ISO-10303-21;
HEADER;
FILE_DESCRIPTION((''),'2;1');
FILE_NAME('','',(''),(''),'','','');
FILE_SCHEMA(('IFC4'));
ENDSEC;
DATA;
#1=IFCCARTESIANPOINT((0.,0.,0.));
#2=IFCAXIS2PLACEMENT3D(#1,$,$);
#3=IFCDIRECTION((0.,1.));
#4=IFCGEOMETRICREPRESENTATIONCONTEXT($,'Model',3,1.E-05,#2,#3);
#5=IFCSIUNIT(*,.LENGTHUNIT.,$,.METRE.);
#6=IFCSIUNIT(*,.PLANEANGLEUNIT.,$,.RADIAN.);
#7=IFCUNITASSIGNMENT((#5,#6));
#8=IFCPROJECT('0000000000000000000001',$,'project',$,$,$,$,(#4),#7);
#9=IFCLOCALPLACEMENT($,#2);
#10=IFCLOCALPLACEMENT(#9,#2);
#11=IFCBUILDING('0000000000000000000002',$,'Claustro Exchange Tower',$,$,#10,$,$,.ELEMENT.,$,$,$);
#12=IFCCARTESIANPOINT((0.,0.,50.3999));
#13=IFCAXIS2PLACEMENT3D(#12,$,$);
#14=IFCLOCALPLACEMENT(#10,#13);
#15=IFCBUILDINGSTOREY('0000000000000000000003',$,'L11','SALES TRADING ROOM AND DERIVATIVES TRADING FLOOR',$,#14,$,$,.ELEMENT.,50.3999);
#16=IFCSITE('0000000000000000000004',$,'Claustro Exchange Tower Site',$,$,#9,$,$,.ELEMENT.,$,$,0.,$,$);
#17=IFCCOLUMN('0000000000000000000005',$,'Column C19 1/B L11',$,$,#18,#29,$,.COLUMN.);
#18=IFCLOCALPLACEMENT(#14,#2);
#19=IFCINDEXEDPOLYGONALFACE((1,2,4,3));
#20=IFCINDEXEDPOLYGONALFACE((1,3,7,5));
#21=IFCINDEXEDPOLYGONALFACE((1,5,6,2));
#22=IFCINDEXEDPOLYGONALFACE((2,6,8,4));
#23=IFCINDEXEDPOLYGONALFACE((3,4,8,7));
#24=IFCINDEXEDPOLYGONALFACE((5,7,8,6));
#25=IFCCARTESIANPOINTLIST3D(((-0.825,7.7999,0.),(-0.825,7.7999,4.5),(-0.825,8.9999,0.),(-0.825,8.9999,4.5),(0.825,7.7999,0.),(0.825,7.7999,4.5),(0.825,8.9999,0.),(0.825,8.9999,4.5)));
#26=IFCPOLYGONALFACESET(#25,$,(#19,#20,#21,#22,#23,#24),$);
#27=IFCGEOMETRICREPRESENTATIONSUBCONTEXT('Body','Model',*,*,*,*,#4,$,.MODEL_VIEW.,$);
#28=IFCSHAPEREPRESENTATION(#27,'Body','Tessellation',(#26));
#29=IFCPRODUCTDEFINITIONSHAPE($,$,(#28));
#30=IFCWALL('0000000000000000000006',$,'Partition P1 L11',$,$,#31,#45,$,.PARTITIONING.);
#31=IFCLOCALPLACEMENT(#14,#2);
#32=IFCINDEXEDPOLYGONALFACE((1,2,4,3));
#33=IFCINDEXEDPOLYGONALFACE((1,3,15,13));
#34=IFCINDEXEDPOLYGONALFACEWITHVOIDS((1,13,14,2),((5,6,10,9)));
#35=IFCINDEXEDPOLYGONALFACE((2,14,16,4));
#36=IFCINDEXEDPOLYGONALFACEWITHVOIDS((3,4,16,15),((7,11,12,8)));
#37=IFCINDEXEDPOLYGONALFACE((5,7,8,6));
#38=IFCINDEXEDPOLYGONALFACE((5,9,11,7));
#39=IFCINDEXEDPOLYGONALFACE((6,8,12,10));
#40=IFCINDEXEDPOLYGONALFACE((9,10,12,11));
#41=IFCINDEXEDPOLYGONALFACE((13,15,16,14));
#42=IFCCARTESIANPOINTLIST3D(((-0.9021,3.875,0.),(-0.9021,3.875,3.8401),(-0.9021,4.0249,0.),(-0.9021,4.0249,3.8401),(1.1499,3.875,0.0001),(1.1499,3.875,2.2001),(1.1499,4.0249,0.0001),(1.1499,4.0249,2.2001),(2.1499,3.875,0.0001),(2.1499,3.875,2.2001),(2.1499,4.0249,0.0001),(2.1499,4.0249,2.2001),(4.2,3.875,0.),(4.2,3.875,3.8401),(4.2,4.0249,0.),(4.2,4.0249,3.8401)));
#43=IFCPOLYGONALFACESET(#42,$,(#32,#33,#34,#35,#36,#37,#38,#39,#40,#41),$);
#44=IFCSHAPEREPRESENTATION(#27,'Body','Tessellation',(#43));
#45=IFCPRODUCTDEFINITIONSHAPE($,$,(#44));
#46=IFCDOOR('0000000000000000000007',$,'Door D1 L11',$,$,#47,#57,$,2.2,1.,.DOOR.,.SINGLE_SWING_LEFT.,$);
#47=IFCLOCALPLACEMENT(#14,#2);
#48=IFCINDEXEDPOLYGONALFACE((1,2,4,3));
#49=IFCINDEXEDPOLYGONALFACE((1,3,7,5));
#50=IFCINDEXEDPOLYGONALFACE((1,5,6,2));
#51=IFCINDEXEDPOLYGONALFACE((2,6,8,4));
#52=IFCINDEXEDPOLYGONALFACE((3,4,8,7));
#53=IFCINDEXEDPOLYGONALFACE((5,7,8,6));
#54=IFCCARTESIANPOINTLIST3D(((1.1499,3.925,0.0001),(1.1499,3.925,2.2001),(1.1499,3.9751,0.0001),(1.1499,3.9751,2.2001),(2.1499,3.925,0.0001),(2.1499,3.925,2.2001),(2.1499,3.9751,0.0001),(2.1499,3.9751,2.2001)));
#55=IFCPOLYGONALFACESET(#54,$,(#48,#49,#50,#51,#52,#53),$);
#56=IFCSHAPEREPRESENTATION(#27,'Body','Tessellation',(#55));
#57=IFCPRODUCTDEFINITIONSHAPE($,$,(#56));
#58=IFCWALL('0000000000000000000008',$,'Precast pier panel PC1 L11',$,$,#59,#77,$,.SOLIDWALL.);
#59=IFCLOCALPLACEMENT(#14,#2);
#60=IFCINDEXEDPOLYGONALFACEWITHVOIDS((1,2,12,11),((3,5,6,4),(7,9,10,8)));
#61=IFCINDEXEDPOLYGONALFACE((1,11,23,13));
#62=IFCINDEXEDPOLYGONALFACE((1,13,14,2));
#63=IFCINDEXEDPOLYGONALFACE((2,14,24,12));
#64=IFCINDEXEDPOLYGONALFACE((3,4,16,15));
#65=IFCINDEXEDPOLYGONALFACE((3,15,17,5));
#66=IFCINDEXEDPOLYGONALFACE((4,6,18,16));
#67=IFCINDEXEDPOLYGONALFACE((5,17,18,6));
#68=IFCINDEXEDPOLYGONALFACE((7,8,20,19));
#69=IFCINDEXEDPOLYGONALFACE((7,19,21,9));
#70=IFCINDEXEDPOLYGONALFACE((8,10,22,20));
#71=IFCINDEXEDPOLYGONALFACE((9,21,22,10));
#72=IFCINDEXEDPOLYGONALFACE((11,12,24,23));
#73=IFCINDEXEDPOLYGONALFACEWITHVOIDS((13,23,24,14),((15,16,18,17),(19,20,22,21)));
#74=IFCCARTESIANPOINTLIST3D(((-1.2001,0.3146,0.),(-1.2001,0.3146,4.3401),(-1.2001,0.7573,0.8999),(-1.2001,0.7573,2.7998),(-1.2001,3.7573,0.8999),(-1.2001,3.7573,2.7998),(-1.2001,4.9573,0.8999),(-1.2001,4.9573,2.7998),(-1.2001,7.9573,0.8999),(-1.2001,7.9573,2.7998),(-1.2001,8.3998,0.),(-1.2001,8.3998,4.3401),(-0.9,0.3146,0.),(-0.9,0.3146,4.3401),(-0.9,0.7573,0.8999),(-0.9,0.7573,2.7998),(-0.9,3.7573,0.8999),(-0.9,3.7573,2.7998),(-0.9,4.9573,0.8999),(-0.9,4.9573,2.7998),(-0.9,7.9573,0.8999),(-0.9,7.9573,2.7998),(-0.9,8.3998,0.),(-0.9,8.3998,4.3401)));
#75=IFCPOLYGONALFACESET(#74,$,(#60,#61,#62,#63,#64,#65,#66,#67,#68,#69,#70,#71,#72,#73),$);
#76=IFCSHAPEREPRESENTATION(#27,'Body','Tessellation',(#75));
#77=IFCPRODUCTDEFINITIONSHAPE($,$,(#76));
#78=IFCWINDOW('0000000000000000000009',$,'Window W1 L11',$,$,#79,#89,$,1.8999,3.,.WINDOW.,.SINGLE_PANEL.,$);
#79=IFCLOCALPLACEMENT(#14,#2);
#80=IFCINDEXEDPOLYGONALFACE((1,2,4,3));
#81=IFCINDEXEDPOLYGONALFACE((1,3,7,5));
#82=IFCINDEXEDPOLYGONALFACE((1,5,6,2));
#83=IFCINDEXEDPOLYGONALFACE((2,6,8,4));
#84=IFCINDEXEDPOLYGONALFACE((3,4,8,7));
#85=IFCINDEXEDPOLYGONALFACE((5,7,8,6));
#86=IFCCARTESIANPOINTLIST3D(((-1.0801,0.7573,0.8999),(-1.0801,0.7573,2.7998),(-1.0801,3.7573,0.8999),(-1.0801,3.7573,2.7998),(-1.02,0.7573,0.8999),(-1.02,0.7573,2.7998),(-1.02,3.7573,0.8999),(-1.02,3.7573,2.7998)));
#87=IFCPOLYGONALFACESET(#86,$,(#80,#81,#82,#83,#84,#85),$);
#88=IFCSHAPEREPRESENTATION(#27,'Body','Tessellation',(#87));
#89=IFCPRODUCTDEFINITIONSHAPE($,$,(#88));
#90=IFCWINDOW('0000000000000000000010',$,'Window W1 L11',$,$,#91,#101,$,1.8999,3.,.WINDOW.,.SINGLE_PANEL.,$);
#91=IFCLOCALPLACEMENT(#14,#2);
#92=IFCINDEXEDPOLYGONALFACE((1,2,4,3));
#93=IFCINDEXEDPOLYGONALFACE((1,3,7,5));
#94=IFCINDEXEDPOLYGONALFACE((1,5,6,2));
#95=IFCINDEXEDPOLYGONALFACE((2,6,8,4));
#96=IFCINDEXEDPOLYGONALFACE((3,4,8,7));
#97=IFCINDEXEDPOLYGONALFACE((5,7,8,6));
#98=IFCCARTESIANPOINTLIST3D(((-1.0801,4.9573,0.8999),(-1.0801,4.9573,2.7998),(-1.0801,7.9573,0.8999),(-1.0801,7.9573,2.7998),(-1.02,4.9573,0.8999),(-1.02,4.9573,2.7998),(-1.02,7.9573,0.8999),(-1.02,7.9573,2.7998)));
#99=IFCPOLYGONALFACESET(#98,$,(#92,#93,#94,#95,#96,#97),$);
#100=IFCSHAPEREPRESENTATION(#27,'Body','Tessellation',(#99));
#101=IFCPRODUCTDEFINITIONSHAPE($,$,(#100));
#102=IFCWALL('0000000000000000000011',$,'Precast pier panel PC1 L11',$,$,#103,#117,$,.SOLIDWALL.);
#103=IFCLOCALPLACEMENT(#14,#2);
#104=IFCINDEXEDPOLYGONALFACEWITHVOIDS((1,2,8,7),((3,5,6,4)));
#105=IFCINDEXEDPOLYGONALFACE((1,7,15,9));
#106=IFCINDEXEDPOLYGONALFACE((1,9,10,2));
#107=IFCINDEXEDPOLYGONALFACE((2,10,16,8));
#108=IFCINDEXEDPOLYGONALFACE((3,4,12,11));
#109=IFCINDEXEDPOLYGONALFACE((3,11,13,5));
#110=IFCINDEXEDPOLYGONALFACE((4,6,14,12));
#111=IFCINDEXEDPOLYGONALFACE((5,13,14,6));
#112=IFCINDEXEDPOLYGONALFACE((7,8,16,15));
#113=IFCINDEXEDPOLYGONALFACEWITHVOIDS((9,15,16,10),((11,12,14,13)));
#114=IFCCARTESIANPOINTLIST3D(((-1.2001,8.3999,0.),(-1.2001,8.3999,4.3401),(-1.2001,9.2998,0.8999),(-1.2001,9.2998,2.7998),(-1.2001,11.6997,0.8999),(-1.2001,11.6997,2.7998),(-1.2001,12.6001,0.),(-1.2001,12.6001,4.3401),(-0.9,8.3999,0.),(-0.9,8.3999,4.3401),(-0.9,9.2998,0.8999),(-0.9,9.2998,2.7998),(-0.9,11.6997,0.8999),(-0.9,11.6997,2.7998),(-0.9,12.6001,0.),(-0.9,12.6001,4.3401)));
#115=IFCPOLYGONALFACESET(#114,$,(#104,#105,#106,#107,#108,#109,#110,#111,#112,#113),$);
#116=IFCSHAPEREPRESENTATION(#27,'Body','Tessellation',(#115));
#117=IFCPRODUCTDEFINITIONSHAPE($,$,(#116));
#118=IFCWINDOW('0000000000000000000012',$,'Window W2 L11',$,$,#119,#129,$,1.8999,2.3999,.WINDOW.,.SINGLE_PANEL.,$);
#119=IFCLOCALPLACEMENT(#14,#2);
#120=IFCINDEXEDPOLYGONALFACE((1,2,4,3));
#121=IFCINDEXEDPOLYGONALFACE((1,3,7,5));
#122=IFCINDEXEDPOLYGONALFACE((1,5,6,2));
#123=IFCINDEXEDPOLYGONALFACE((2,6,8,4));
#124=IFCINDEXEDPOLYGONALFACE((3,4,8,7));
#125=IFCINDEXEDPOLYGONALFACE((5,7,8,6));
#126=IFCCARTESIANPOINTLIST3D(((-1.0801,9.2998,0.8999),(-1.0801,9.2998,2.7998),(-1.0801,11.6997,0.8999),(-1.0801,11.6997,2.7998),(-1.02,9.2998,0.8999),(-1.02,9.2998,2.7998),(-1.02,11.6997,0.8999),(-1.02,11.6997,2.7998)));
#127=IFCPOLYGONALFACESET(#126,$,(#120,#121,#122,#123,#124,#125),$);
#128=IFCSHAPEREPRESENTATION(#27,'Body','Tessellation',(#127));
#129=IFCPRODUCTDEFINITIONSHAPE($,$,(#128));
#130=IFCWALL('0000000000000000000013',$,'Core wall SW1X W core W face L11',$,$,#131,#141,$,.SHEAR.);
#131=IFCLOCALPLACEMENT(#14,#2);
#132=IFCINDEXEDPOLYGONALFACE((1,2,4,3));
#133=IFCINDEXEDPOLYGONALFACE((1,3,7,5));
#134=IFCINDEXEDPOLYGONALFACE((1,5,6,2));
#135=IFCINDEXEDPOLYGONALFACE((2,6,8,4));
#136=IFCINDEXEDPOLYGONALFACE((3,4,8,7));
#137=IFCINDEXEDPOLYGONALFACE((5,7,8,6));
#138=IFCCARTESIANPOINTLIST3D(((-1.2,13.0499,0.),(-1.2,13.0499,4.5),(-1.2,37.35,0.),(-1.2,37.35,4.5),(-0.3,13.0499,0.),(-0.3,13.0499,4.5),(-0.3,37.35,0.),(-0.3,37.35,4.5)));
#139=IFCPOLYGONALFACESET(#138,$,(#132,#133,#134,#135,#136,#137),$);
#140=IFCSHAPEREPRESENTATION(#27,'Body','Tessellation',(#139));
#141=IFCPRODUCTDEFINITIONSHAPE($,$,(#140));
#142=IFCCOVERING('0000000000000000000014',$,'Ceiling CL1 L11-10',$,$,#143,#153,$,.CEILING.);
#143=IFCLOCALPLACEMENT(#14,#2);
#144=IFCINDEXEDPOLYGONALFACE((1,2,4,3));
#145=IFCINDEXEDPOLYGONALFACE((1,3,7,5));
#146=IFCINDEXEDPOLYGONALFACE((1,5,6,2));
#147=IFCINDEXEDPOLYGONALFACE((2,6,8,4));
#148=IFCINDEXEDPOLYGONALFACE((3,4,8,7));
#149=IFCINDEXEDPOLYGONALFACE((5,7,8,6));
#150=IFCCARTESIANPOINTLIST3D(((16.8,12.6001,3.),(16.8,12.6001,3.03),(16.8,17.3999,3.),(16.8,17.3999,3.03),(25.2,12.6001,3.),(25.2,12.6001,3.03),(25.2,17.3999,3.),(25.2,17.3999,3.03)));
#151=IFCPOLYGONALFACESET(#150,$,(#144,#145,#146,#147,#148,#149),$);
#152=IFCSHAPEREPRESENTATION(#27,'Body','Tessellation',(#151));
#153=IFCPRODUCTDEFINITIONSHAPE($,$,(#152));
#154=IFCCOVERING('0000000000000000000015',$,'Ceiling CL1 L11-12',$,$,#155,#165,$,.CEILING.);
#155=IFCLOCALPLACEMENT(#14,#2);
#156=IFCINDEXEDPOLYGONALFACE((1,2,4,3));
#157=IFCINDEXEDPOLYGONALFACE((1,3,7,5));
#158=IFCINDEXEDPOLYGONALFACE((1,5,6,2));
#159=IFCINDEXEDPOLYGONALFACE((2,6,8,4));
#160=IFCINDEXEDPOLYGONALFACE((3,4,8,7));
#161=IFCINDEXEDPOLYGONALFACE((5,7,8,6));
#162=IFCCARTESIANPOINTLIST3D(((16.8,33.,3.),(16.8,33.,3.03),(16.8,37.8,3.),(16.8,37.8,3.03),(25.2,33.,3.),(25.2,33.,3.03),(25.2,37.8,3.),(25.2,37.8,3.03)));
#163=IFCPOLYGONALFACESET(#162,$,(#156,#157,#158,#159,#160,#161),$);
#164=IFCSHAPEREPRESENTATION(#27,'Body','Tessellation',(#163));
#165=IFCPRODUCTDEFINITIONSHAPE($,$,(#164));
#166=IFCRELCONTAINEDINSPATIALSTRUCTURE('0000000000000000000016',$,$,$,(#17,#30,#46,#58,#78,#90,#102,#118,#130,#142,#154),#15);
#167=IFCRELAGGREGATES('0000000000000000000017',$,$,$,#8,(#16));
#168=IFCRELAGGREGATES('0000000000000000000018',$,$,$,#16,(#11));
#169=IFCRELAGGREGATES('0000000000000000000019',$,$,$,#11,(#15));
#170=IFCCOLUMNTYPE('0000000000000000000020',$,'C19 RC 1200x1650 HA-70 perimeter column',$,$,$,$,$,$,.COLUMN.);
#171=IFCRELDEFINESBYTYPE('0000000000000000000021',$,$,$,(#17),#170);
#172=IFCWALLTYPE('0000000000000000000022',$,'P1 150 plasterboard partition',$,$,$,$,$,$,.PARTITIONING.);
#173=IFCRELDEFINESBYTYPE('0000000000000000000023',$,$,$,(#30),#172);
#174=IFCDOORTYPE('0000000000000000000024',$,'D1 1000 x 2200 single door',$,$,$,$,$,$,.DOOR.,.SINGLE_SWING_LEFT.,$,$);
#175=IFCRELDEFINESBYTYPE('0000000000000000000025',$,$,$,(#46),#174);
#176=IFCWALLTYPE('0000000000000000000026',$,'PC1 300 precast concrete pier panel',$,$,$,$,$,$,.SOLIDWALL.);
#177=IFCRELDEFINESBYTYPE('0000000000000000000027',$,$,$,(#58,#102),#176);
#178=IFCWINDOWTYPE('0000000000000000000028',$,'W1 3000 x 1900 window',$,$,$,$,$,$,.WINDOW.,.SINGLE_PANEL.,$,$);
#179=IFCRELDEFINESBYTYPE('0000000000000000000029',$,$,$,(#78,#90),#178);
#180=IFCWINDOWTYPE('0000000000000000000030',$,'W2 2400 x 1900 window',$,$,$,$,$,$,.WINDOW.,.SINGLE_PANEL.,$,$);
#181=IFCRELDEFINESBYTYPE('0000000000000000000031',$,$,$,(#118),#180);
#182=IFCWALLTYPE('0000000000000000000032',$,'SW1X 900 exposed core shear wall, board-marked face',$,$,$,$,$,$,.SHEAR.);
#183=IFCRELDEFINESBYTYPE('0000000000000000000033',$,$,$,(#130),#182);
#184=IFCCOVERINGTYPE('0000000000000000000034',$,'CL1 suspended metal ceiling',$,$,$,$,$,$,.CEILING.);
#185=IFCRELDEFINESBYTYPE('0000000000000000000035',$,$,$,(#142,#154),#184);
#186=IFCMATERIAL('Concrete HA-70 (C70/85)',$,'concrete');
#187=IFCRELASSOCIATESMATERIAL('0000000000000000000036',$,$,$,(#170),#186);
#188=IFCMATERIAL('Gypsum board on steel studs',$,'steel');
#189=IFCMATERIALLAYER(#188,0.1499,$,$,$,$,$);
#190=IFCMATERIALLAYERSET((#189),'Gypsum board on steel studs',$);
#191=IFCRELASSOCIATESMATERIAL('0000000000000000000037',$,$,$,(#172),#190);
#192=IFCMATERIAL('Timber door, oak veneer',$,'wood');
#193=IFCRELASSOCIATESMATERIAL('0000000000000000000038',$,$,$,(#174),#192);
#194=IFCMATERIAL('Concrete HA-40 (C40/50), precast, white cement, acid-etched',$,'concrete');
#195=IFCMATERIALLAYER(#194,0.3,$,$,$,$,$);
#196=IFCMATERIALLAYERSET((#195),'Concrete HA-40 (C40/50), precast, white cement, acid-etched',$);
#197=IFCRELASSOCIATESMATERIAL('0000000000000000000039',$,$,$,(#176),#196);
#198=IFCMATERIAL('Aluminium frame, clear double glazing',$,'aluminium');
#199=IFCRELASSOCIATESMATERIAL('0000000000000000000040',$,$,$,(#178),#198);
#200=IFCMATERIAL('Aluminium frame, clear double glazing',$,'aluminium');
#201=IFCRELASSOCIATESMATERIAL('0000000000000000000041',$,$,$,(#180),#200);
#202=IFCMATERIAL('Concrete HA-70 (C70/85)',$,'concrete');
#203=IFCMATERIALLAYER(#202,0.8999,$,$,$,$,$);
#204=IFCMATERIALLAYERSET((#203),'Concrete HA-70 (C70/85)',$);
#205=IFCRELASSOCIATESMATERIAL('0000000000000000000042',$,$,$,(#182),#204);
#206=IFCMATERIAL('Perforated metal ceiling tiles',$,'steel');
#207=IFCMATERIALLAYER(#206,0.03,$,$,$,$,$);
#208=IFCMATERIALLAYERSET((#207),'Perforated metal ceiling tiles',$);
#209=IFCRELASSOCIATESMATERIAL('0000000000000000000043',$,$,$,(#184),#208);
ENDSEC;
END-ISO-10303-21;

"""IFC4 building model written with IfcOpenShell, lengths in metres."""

from ifc_helpers import new_model, si_unit, direction, frame, frame_2d, origin, origin_2d, place, context, subcontext, project, spatial, polyline, rectangle, outline, extrude, material, layer, layer_set, material_profile, profile_set, type_object, element, fill, save


model = new_model("IFC4")

# Units and contexts
model_context = context("Model", 3, precision=1e-05, world=origin(), true_north=direction((0.0, 1.0)))
body_context = subcontext(model_context, "Body", "Model", "MODEL_VIEW")
ifc_project = project(units=[si_unit("LENGTHUNIT", "METRE"), si_unit("PLANEANGLEUNIT", "RADIAN")], contexts=[model_context])

# Site, building, storey
site_placement = place(None, origin())
site = spatial("IfcSite", under=ifc_project, at=site_placement, Name="Claustro Exchange Tower Site", CompositionType="ELEMENT", RefElevation=0.0)
building_placement = place(site_placement, origin())
building = spatial("IfcBuilding", under=site, at=building_placement, Name="Claustro Exchange Tower", CompositionType="ELEMENT")
storey_placement = place(building_placement, frame((0.0, 0.0, 50.3999)))
storey = spatial("IfcBuildingStorey", under=building, at=storey_placement, Name="L11", Description="SALES TRADING ROOM AND DERIVATIVES TRADING FLOOR", CompositionType="ELEMENT", Elevation=50.3999)

# Column
ifc_material_1 = material(Name="Concrete HA-70 (C70/85)", Category="concrete")
ifc_material_profile = material_profile(ifc_material_1, rectangle(XDim=1.2, YDim=1.6499, at=origin_2d()), Name="RC 1200x1650")
ifc_profile_set = profile_set([ifc_material_profile], Name="Concrete HA-70 (C70/85)")
column_type = type_object("IfcColumnType", Name="C19 RC 1200x1650 HA-70 perimeter column", PredefinedType="COLUMN", material=ifc_profile_set)
column_placement = place(storey_placement, frame((0.0, 8.3999, 0.0), z_axis=(0.0, 0.0, 1.0), x_axis=(0.0, 1.0, 0.0)))
element("IfcColumn", 1, at=column_placement, inside=storey, type_object=column_type, Name="Column C19 1/B L11", PredefinedType="COLUMN", context=body_context, shape_type="SweptSolid", body=[
    extrude(rectangle(XDim=1.2, YDim=1.6499, at=origin_2d()), origin(), (0.0, 0.0, 1.0), 4.5),
])

# Wall, opening, door
ifc_material_2 = material(Name="Gypsum board on steel studs", Category="steel")
ifc_layer_1 = layer(ifc_material_2, 0.1499)
ifc_layer_set_1 = layer_set([ifc_layer_1], Name="Gypsum board on steel studs")
wall_type_1 = type_object("IfcWallType", Name="P1 150 plasterboard partition", PredefinedType="PARTITIONING", material=ifc_layer_set_1)
wall_1_placement = place(storey_placement, frame((-0.9021, 3.95, 0.0), z_axis=(0.0, 0.0, 1.0), x_axis=(1.0, 0.0, 0.0)))
wall_1 = element("IfcWall", 2, at=wall_1_placement, inside=storey, type_object=wall_type_1, Name="Partition P1 L11", PredefinedType="PARTITIONING", context=body_context, shape_type="SweptSolid", body=[
    extrude(rectangle(XDim=5.1021, YDim=0.1499, at=frame_2d((2.551, 0.0))), origin(), (0.0, 0.0, 1.0), 3.8401),
])
opening_1_placement = place(wall_1_placement, frame((2.052, 0.0, 0.0)))
opening_1 = element("IfcOpeningElement", 3, at=opening_1_placement, cuts=wall_1, PredefinedType="OPENING", context=body_context, shape_type="SweptSolid", body=[
    extrude(rectangle(XDim=1.0, YDim=2.2, at=frame_2d((0.5, 1.1001))), frame((0.0, 0.085, 0.0), z_axis=(0.0, -1.0, 0.0), x_axis=(1.0, 0.0, 0.0)), (0.0, 0.0, 1.0), 0.1699),
])
ifc_material_3 = material(Name="Timber door, oak veneer", Category="wood")
door_type_1 = type_object("IfcDoorType", Name="D1 1000 x 2200 single door", OperationType="SINGLE_SWING_LEFT", PredefinedType="DOOR", material=ifc_material_3)
door_1_placement = place(opening_1_placement, frame((1.0, 0.0, 0.0), z_axis=(0.0, 0.0, 1.0), x_axis=(-1.0, 0.0, 0.0)))
door_1 = element("IfcDoor", 4, at=door_1_placement, inside=storey, type_object=door_type_1, Name="Door D1 L11", OperationType="SINGLE_SWING_LEFT", OverallHeight=2.2, OverallWidth=1.0, PredefinedType="DOOR", context=body_context, shape_type="SweptSolid", body=[
    extrude(rectangle(XDim=1.0, YDim=2.2, at=frame_2d((0.5, 1.1001))), frame((0.0, 0.0249, 0.0), z_axis=(0.0, -1.0, 0.0), x_axis=(1.0, 0.0, 0.0)), (0.0, 0.0, 1.0), 0.05),
])
fill(opening_1, door_1)

# Wall, openings, windows
ifc_material_4 = material(Name="Concrete HA-40 (C40/50), precast, white cement, acid-etched", Category="concrete")
ifc_layer_2 = layer(ifc_material_4, 0.3)
ifc_layer_set_2 = layer_set([ifc_layer_2], Name="Concrete HA-40 (C40/50), precast, white cement, acid-etched")
wall_type_2 = type_object("IfcWallType", Name="PC1 300 precast concrete pier panel", PredefinedType="SOLIDWALL", material=ifc_layer_set_2)
wall_2_placement = place(storey_placement, frame((-1.05, 0.3147, 0.0), z_axis=(0.0, 0.0, 1.0), x_axis=(0.0, 1.0, 0.0)))
wall_2 = element("IfcWall", 5, at=wall_2_placement, inside=storey, type_object=wall_type_2, Name="Precast pier panel PC1 L11", PredefinedType="SOLIDWALL", context=body_context, shape_type="SweptSolid", body=[
    extrude(rectangle(XDim=8.0852, YDim=0.3, at=frame_2d((4.0425, 0.0))), origin(), (0.0, 0.0, 1.0), 4.3401),
])
opening_2_placement = place(wall_2_placement, frame((0.4426, 0.0, 0.8999)))
opening_2 = element("IfcOpeningElement", 6, at=opening_2_placement, cuts=wall_2, PredefinedType="OPENING", context=body_context, shape_type="SweptSolid", body=[
    extrude(rectangle(XDim=3.0, YDim=1.8999, at=frame_2d((1.5, 0.95))), frame((0.0, 0.1599, 0.0), z_axis=(0.0, -1.0, 0.0), x_axis=(1.0, 0.0, 0.0)), (0.0, 0.0, 1.0), 0.3201),
])
opening_3_placement = place(wall_2_placement, frame((4.6426, 0.0, 0.8999)))
opening_3 = element("IfcOpeningElement", 7, at=opening_3_placement, cuts=wall_2, PredefinedType="OPENING", context=body_context, shape_type="SweptSolid", body=[
    extrude(rectangle(XDim=3.0, YDim=1.8999, at=frame_2d((1.5, 0.95))), frame((0.0, 0.1599, 0.0), z_axis=(0.0, -1.0, 0.0), x_axis=(1.0, 0.0, 0.0)), (0.0, 0.0, 1.0), 0.3201),
])
ifc_material_5 = material(Name="Aluminium frame, clear double glazing", Category="aluminium")
window_type_1 = type_object("IfcWindowType", Name="W1 3000 x 1900 window", PartitioningType="SINGLE_PANEL", PredefinedType="WINDOW", material=ifc_material_5)
window_1_placement = place(opening_2_placement, origin())
window_1 = element("IfcWindow", 8, at=window_1_placement, inside=storey, type_object=window_type_1, Name="Window W1 L11", OverallHeight=1.8999, OverallWidth=3.0, PartitioningType="SINGLE_PANEL", PredefinedType="WINDOW", context=body_context, shape_type="SweptSolid", body=[
    extrude(rectangle(XDim=3.0, YDim=1.8999, at=frame_2d((1.5, 0.95))), frame((0.0, 0.03, 0.0), z_axis=(0.0, -1.0, 0.0), x_axis=(1.0, 0.0, 0.0)), (0.0, 0.0, 1.0), 0.0601),
])
fill(opening_2, window_1)
window_2_placement = place(opening_3_placement, origin())
window_2 = element("IfcWindow", 9, at=window_2_placement, inside=storey, type_object=window_type_1, Name="Window W1 L11", OverallHeight=1.8999, OverallWidth=3.0, PartitioningType="SINGLE_PANEL", PredefinedType="WINDOW", context=body_context, shape_type="SweptSolid", body=[
    extrude(rectangle(XDim=3.0, YDim=1.8999, at=frame_2d((1.5, 0.95))), frame((0.0, 0.03, 0.0), z_axis=(0.0, -1.0, 0.0), x_axis=(1.0, 0.0, 0.0)), (0.0, 0.0, 1.0), 0.0601),
])
fill(opening_3, window_2)

# Wall, opening, window
wall_3_placement = place(storey_placement, frame((-1.05, 8.3999, 0.0), z_axis=(0.0, 0.0, 1.0), x_axis=(0.0, 1.0, 0.0)))
wall_3 = element("IfcWall", 10, at=wall_3_placement, inside=storey, type_object=wall_type_2, Name="Precast pier panel PC1 L11", PredefinedType="SOLIDWALL", context=body_context, shape_type="SweptSolid", body=[
    extrude(rectangle(XDim=4.2002, YDim=0.3, at=frame_2d((2.1001, 0.0))), origin(), (0.0, 0.0, 1.0), 4.3401),
])
opening_4_placement = place(wall_3_placement, frame((0.8999, 0.0, 0.8999)))
opening_4 = element("IfcOpeningElement", 11, at=opening_4_placement, cuts=wall_3, PredefinedType="OPENING", context=body_context, shape_type="SweptSolid", body=[
    extrude(rectangle(XDim=2.3999, YDim=1.8999, at=frame_2d((1.2, 0.95))), frame((0.0, 0.1599, 0.0), z_axis=(0.0, -1.0, 0.0), x_axis=(1.0, 0.0, 0.0)), (0.0, 0.0, 1.0), 0.3201),
])
ifc_material_6 = material(Name="Aluminium frame, clear double glazing", Category="aluminium")
window_type_2 = type_object("IfcWindowType", Name="W2 2400 x 1900 window", PartitioningType="SINGLE_PANEL", PredefinedType="WINDOW", material=ifc_material_6)
window_3_placement = place(opening_4_placement, origin())
window_3 = element("IfcWindow", 12, at=window_3_placement, inside=storey, type_object=window_type_2, Name="Window W2 L11", OverallHeight=1.8999, OverallWidth=2.3999, PartitioningType="SINGLE_PANEL", PredefinedType="WINDOW", context=body_context, shape_type="SweptSolid", body=[
    extrude(rectangle(XDim=2.3999, YDim=1.8999, at=frame_2d((1.2, 0.95))), frame((0.0, 0.03, 0.0), z_axis=(0.0, -1.0, 0.0), x_axis=(1.0, 0.0, 0.0)), (0.0, 0.0, 1.0), 0.0601),
])
fill(opening_4, window_3)

# Wall
ifc_material_7 = material(Name="Concrete HA-70 (C70/85)", Category="concrete")
ifc_layer_3 = layer(ifc_material_7, 0.8999)
ifc_layer_set_3 = layer_set([ifc_layer_3], Name="Concrete HA-70 (C70/85)")
wall_type_3 = type_object("IfcWallType", Name="SW1X 900 exposed core shear wall, board-marked face", PredefinedType="SHEAR", material=ifc_layer_set_3)
wall_4_placement = place(storey_placement, frame((-0.75, 13.05, 0.0), z_axis=(0.0, 0.0, 1.0), x_axis=(0.0, 1.0, 0.0)))
element("IfcWall", 13, at=wall_4_placement, inside=storey, type_object=wall_type_3, Name="Core wall SW1X W core W face L11", PredefinedType="SHEAR", context=body_context, shape_type="SweptSolid", body=[
    extrude(rectangle(XDim=24.3, YDim=0.8999, at=frame_2d((12.1499, 0.0))), origin(), (0.0, 0.0, 1.0), 4.5),
])

# Coverings
ifc_material_8 = material(Name="Perforated metal ceiling tiles", Category="steel")
ifc_layer_4 = layer(ifc_material_8, 0.03)
ifc_layer_set_4 = layer_set([ifc_layer_4], Name="Perforated metal ceiling tiles")
covering_type_1 = type_object("IfcCoveringType", Name="CL1 suspended metal ceiling", PredefinedType="CEILING", material=ifc_layer_set_4)
covering_1_placement = place(storey_placement, frame((0.0, 0.0, 3.0)))
element("IfcCovering", 14, at=covering_1_placement, inside=storey, type_object=covering_type_1, Name="Ceiling CL1 L11-10", PredefinedType="CEILING", context=body_context, shape_type="SweptSolid", body=[
    extrude(outline(polyline([(16.8, 17.3999), (16.8, 12.6001), (25.2, 12.6001), (25.2, 17.3999), (16.8, 17.3999)])), origin(), (0.0, 0.0, 1.0), 0.03),
])
covering_2_placement = place(storey_placement, frame((0.0, 0.0, 3.0)))
element("IfcCovering", 15, at=covering_2_placement, inside=storey, type_object=covering_type_1, Name="Ceiling CL1 L11-12", PredefinedType="CEILING", context=body_context, shape_type="SweptSolid", body=[
    extrude(outline(polyline([(16.8, 33.0), (25.2, 33.0), (25.2, 37.8), (16.8, 37.8), (16.8, 33.0)])), origin(), (0.0, 0.0, 1.0), 0.03),
])

save(model, "model.ifc")
